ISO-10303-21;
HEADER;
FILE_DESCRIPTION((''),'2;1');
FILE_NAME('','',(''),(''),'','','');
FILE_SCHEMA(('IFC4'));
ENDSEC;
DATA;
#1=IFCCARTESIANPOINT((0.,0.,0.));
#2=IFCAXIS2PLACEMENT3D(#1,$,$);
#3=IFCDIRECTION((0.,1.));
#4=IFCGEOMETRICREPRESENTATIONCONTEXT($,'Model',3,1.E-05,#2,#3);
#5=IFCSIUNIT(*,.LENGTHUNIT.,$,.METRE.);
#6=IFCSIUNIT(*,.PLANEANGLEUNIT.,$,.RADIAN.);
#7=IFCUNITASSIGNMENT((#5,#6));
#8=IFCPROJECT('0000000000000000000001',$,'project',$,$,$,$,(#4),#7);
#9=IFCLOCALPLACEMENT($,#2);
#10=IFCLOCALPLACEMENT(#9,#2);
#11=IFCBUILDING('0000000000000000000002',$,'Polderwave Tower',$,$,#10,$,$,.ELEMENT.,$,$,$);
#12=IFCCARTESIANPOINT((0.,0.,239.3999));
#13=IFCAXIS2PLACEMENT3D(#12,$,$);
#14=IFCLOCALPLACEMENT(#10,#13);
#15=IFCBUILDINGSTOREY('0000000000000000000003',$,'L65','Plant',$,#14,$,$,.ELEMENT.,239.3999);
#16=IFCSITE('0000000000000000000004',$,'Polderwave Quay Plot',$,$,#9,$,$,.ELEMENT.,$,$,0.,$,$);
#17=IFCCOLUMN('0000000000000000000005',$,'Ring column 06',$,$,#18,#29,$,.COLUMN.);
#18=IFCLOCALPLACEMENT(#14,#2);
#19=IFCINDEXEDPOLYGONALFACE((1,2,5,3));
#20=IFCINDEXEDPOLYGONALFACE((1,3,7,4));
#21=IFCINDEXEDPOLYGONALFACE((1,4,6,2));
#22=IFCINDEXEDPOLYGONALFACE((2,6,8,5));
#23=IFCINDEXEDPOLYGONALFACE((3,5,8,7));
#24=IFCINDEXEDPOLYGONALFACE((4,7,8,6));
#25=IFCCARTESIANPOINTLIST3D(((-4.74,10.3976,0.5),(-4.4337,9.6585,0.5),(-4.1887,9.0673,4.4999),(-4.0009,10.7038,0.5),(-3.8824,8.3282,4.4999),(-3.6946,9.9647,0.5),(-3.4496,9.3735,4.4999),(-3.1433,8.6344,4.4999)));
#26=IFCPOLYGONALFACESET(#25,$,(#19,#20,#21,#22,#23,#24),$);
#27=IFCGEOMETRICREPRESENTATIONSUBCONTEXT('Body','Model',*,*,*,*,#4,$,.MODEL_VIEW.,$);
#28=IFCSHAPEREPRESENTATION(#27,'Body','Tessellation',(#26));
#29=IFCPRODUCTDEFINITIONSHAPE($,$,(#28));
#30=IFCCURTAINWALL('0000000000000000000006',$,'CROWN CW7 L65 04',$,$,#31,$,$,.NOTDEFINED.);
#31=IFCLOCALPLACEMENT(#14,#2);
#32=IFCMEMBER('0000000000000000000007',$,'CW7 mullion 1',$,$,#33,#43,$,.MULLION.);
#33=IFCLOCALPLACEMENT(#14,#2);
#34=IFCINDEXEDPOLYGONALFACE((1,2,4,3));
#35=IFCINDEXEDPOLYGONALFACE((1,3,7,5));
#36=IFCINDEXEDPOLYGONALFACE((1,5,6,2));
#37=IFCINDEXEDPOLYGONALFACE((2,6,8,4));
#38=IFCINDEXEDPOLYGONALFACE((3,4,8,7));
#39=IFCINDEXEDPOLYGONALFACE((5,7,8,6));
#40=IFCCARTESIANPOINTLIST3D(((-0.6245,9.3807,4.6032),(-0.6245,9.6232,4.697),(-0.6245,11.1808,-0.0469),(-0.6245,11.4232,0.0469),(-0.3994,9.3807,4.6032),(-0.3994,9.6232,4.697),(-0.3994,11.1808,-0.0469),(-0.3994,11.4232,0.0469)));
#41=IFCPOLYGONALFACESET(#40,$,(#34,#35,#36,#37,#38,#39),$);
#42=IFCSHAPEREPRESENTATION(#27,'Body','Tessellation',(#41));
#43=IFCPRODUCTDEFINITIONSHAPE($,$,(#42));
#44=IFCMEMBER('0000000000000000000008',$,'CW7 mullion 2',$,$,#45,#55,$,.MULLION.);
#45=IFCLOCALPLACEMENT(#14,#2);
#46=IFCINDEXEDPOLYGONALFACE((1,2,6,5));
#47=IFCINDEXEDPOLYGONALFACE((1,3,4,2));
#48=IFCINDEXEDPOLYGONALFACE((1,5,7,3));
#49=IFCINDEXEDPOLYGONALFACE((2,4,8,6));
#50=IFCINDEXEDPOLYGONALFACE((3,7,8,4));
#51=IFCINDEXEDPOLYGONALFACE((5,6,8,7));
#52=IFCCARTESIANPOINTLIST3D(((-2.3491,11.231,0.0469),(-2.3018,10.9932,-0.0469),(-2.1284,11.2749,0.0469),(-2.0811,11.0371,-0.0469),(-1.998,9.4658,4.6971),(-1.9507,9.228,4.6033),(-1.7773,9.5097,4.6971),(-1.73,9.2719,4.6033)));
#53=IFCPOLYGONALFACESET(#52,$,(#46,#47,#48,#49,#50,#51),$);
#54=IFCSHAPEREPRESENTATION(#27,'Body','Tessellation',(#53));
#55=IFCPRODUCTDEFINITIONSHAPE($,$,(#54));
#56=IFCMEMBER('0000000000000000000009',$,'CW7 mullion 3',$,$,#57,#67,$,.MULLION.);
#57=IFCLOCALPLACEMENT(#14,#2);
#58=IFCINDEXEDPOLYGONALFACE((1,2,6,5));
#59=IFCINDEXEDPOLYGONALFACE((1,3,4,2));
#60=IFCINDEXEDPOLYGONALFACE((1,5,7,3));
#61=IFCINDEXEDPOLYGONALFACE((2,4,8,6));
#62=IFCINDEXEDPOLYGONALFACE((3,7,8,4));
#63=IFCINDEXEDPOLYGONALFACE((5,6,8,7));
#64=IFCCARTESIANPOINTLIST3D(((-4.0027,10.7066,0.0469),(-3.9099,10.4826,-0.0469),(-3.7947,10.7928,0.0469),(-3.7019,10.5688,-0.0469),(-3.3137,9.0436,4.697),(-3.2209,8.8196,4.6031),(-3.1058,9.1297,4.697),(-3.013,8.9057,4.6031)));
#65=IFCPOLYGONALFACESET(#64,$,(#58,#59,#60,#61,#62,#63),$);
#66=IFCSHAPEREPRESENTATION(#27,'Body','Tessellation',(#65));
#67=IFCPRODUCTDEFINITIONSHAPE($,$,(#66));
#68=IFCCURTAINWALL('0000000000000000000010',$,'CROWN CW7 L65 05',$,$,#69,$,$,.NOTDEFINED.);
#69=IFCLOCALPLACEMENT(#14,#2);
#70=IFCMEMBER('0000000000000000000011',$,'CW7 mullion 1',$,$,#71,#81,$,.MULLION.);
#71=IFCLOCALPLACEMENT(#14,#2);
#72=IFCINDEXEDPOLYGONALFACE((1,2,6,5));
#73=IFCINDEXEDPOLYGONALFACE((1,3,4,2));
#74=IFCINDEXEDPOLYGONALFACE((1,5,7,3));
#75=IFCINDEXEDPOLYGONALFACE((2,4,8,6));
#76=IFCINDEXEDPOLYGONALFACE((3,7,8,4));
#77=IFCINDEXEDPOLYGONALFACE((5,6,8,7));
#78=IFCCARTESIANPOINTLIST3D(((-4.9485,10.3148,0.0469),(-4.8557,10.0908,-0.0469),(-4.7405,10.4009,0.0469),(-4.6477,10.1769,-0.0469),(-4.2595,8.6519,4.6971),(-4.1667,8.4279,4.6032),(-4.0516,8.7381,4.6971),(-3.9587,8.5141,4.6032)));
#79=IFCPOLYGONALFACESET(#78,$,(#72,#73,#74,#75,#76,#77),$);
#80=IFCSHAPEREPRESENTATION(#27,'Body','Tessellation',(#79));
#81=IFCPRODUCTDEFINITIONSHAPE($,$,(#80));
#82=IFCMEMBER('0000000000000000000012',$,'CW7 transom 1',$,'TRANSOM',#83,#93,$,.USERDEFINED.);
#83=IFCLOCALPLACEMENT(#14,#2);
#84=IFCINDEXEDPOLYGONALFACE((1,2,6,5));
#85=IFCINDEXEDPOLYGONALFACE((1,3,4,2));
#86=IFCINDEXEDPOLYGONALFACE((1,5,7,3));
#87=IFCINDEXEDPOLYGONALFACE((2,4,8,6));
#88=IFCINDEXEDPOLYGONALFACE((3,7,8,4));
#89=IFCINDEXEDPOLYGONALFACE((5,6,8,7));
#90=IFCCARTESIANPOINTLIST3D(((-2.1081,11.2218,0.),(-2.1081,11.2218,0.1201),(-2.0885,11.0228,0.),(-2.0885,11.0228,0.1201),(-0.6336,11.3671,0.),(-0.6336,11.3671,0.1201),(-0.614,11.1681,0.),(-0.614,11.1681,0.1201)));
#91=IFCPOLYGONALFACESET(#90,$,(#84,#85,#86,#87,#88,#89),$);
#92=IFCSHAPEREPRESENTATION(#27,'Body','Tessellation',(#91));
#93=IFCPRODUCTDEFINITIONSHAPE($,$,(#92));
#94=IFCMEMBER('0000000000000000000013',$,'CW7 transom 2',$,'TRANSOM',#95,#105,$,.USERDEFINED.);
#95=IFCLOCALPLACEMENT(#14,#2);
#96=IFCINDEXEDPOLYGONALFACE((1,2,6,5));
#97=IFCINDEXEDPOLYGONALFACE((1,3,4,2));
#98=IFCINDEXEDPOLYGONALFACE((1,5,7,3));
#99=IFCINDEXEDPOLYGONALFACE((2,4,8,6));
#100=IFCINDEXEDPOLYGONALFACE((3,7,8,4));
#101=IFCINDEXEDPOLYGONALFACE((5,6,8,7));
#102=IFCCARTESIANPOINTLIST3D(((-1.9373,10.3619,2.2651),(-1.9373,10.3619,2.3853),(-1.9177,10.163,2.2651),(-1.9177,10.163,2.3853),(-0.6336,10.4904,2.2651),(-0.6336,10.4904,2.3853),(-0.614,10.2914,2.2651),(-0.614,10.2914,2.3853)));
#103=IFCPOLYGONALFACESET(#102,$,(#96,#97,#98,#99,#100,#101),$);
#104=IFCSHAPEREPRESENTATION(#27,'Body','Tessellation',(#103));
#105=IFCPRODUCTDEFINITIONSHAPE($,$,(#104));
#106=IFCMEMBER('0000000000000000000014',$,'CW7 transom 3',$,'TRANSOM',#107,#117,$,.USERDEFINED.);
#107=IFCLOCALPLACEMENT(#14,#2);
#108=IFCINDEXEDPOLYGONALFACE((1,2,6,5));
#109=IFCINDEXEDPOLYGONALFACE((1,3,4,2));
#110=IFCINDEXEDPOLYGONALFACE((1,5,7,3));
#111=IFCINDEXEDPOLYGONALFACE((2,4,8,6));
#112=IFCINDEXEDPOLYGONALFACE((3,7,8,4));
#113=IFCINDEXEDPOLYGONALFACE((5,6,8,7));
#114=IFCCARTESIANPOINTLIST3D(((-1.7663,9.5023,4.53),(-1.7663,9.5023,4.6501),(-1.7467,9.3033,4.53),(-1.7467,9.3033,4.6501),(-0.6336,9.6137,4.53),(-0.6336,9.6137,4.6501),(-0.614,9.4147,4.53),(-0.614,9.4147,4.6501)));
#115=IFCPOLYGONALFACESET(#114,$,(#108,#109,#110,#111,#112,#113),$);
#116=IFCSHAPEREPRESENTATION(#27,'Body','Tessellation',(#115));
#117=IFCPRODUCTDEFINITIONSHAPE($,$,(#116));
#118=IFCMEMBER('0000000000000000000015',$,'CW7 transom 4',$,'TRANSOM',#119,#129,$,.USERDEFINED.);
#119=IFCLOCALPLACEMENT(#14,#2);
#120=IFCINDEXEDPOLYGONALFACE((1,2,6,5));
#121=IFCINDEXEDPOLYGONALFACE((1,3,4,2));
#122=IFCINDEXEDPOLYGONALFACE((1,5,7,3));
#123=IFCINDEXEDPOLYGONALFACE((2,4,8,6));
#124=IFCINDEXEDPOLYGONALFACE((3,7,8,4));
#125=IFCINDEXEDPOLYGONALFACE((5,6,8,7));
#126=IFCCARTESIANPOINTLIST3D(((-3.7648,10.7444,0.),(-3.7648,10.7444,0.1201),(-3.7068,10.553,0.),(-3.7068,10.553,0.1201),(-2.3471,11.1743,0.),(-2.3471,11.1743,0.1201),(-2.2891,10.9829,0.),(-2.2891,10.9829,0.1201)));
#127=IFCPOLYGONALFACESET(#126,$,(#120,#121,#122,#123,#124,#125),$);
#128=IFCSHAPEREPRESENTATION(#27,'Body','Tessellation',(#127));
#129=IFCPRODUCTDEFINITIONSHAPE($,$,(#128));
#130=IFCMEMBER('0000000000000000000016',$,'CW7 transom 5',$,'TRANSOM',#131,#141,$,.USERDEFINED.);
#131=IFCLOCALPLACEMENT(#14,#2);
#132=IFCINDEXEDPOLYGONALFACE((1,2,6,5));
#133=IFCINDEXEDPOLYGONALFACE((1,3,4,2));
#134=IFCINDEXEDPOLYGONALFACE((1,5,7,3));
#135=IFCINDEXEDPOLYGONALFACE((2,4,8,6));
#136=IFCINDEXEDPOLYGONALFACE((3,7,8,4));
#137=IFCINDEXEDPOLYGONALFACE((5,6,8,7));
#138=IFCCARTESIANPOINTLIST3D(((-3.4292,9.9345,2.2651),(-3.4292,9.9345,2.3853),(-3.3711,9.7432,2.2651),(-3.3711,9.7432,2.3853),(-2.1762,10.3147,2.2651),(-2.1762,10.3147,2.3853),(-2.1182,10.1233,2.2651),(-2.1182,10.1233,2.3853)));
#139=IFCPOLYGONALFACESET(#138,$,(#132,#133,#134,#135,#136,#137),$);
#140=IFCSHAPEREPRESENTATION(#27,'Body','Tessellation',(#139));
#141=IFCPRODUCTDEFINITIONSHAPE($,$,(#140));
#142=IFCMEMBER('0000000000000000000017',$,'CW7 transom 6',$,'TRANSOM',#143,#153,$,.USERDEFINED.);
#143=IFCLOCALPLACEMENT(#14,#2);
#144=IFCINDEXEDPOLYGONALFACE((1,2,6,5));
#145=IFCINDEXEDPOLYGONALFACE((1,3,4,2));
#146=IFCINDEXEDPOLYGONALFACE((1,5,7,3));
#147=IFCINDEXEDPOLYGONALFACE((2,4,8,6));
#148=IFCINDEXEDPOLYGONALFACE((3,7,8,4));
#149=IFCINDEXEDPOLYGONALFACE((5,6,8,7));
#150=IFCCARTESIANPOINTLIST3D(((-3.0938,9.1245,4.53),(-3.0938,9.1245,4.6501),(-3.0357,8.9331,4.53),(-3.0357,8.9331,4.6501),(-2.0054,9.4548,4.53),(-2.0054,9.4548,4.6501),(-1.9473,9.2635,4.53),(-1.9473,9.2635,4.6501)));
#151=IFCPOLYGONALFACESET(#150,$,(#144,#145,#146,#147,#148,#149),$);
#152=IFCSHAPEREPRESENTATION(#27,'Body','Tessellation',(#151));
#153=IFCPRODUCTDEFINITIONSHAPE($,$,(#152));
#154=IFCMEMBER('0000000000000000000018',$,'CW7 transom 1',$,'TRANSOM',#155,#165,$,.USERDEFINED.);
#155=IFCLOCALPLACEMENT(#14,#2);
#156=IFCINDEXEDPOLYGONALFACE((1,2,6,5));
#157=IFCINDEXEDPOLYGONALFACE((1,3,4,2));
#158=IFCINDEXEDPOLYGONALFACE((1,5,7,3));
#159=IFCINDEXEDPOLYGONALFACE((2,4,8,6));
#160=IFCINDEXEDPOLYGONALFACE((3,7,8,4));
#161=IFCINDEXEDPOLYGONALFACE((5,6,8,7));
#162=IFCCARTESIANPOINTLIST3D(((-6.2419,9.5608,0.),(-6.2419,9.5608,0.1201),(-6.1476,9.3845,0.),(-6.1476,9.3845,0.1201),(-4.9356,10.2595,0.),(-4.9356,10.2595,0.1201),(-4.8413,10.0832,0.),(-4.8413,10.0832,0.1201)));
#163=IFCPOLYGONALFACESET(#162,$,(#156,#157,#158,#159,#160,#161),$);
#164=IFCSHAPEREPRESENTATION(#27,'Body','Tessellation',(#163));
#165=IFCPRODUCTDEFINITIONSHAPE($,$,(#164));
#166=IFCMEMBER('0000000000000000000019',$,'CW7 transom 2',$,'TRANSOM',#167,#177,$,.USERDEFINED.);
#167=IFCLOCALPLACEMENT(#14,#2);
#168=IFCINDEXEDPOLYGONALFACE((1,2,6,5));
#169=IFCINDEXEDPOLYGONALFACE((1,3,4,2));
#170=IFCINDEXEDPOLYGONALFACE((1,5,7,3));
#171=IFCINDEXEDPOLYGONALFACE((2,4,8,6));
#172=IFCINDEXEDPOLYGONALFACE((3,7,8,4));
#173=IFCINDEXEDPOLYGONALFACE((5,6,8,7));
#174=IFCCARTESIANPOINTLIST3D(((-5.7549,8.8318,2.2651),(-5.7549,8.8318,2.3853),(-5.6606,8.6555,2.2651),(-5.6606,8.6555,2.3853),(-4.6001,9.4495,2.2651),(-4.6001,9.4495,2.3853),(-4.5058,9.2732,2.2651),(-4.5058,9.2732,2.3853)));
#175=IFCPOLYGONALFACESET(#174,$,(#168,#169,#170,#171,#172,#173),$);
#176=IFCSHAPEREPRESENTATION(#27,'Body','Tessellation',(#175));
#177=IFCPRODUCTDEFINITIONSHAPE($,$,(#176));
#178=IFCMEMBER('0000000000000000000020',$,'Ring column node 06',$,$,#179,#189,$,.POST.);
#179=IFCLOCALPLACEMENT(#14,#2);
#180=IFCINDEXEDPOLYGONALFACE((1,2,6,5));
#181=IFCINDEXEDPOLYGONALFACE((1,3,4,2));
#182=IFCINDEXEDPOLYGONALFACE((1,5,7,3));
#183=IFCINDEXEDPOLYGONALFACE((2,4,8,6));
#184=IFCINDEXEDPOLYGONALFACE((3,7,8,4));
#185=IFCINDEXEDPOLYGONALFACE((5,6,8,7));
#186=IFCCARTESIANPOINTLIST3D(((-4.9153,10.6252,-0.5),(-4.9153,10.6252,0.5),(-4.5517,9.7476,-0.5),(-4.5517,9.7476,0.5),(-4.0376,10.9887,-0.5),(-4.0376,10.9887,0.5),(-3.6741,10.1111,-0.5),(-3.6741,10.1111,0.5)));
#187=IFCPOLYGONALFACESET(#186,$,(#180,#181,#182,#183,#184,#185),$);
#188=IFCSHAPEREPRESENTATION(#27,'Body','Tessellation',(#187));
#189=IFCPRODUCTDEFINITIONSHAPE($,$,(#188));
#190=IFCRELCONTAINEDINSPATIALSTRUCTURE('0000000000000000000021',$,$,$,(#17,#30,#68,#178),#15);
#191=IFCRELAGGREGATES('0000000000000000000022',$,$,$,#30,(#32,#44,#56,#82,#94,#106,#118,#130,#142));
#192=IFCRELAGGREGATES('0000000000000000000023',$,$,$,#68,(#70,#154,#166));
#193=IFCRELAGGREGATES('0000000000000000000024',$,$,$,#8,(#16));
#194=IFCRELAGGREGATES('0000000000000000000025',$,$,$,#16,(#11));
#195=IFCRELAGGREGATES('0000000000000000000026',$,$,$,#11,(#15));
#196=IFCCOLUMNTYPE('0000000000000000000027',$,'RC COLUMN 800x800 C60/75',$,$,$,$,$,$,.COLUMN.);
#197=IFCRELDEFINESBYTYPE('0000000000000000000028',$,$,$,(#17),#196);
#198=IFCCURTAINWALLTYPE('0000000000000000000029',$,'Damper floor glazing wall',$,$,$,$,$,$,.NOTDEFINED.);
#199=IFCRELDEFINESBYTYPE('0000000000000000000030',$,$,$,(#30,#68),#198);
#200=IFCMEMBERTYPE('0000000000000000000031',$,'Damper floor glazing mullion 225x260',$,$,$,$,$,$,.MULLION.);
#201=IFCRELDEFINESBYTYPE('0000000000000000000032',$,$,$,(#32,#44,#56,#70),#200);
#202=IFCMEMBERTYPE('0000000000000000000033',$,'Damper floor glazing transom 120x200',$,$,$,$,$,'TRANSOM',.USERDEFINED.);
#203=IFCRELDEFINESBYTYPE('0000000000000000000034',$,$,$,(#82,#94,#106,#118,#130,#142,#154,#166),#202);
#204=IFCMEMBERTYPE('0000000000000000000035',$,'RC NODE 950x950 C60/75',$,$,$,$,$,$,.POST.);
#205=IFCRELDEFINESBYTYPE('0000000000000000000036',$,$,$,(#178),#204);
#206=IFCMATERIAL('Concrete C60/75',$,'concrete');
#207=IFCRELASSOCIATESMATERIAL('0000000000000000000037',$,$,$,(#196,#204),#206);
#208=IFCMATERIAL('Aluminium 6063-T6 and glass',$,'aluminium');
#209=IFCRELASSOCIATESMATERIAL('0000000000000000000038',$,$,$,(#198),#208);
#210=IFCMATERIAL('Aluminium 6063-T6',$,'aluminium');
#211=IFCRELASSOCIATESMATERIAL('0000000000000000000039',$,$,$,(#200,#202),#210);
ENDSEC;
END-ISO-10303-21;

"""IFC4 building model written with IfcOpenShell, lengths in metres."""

from ifc_helpers import new_model, si_unit, direction, frame, origin, origin_2d, place, context, subcontext, project, spatial, rectangle, extrude, material, material_profile, profile_set, type_object, element, aggregate, save


model = new_model("IFC4")

# Units and contexts
model_context = context("Model", 3, precision=1e-05, world=origin(), true_north=direction((0.0, 1.0)))
body_context = subcontext(model_context, "Body", "Model", "MODEL_VIEW")
ifc_project = project(units=[si_unit("LENGTHUNIT", "METRE"), si_unit("PLANEANGLEUNIT", "RADIAN")], contexts=[model_context])

# Site, building, storey
site_placement = place(None, origin())
site = spatial("IfcSite", under=ifc_project, at=site_placement, Name="Polderwave Quay Plot", CompositionType="ELEMENT", RefElevation=0.0)
building_placement = place(site_placement, origin())
building = spatial("IfcBuilding", under=site, at=building_placement, Name="Polderwave Tower", CompositionType="ELEMENT")
storey_placement = place(building_placement, frame((0.0, 0.0, 239.3999)))
storey = spatial("IfcBuildingStorey", under=building, at=storey_placement, Name="L65", Description="Plant", CompositionType="ELEMENT", Elevation=239.3999)

# Column
ifc_material_1 = material(Name="Concrete C60/75", Category="concrete")
ifc_material_profile_1 = material_profile(ifc_material_1, rectangle(XDim=0.8, YDim=0.8, at=origin_2d()), Name="RC 800x800")
ifc_profile_set_1 = profile_set([ifc_material_profile_1], Name="Concrete C60/75")
column_type = type_object("IfcColumnType", Name="RC COLUMN 800x800 C60/75", PredefinedType="COLUMN", material=ifc_profile_set_1)
column_placement = place(storey_placement, frame((-4.2173, 10.1812, 0.5), z_axis=(0.0, 0.0, 1.0), x_axis=(0.923823, 0.382821, 0.0)))
element("IfcColumn", 1, at=column_placement, inside=storey, type_object=column_type, Name="Ring column 06", PredefinedType="COLUMN", context=body_context, shape_type="SweptSolid", body=[
    extrude(rectangle(XDim=0.8, YDim=0.8, at=origin_2d()), origin(), (0.0, -0.338723, 0.940886), 4.2512),
])

# Curtain wall, members
ifc_material_2 = material(Name="Aluminium 6063-T6 and glass", Category="aluminium")
curtain_wall_type = type_object("IfcCurtainWallType", Name="Damper floor glazing wall", PredefinedType="NOTDEFINED", material=ifc_material_2)
curtain_wall_1_placement = place(storey_placement, origin())
curtain_wall_1 = element("IfcCurtainWall", 2, at=curtain_wall_1_placement, inside=storey, type_object=curtain_wall_type, Name="CROWN CW7 L65 04", PredefinedType="NOTDEFINED")
ifc_material_3 = material(Name="Aluminium 6063-T6", Category="aluminium")
ifc_material_profile_2 = material_profile(ifc_material_3, rectangle(XDim=0.2251, YDim=0.26, at=origin_2d()), Name="AL 225x260")
ifc_profile_set_2 = profile_set([ifc_material_profile_2], Name="Aluminium 6063-T6")
member_type_1 = type_object("IfcMemberType", Name="Damper floor glazing mullion 225x260", PredefinedType="MULLION", material=ifc_profile_set_2)
member_1_placement = place(storey_placement, frame((-0.512, 11.302, 0.0), z_axis=(0.0, -0.360993, 0.932569), x_axis=(1.0, 0.0, 0.0)))
member_1 = element("IfcMember", 3, at=member_1_placement, type_object=member_type_1, Name="CW7 mullion 1", PredefinedType="MULLION", context=body_context, shape_type="SweptSolid", body=[
    extrude(rectangle(XDim=0.2251, YDim=0.26, at=origin_2d()), origin(), (0.0, 0.0, 1.0), 4.9863),
])
member_2_placement = place(storey_placement, frame((-2.2151, 11.134, 0.0), z_axis=(0.070408, -0.354, 0.932591), x_axis=(0.980789, 0.195073, 0.0)))
member_2 = element("IfcMember", 4, at=member_2_placement, type_object=member_type_1, Name="CW7 mullion 2", PredefinedType="MULLION", context=body_context, shape_type="SweptSolid", body=[
    extrude(rectangle(XDim=0.2251, YDim=0.26, at=origin_2d()), origin(), (0.0, 0.0, 1.0), 4.9863),
])
member_3_placement = place(storey_placement, frame((-3.8523, 10.6377, 0.0), z_axis=(0.138168, -0.333523, 0.932562), x_axis=(0.923861, 0.382727, 0.0)))
member_3 = element("IfcMember", 5, at=member_3_placement, type_object=member_type_1, Name="CW7 mullion 3", PredefinedType="MULLION", context=body_context, shape_type="SweptSolid", body=[
    extrude(rectangle(XDim=0.2251, YDim=0.26, at=origin_2d()), origin(), (0.0, 0.0, 1.0), 4.9863),
])

# Curtain wall, member
curtain_wall_2_placement = place(storey_placement, origin())
curtain_wall_2 = element("IfcCurtainWall", 6, at=curtain_wall_2_placement, inside=storey, type_object=curtain_wall_type, Name="CROWN CW7 L65 05", PredefinedType="NOTDEFINED")
member_4_placement = place(storey_placement, frame((-4.7981, 10.2458, 0.0), z_axis=(0.13817, -0.333479, 0.932577), x_axis=(0.923842, 0.382775, 0.0)))
member_4 = element("IfcMember", 7, at=member_4_placement, type_object=member_type_1, Name="CW7 mullion 1", PredefinedType="MULLION", context=body_context, shape_type="SweptSolid", body=[
    extrude(rectangle(XDim=0.2251, YDim=0.26, at=origin_2d()), origin(), (0.0, 0.0, 1.0), 4.9863),
])

# Members
ifc_material_profile_3 = material_profile(ifc_material_3, rectangle(XDim=0.2, YDim=0.1201, at=origin_2d()), Name="AL 120x200")
ifc_profile_set_3 = profile_set([ifc_material_profile_3], Name="Aluminium 6063-T6")
member_type_2 = type_object("IfcMemberType", Name="Damper floor glazing transom 120x200", ElementType="TRANSOM", PredefinedType="USERDEFINED", material=ifc_profile_set_3)
member_5_placement = place(storey_placement, frame((-0.6238, 11.2676, 0.0601), z_axis=(-0.995183, -0.098035, 0.0), x_axis=(0.098035, -0.995183, 0.0)))
member_5 = element("IfcMember", 8, at=member_5_placement, type_object=member_type_2, Name="CW7 transom 1", ObjectType="TRANSOM", PredefinedType="USERDEFINED", context=body_context, shape_type="SweptSolid", body=[
    extrude(rectangle(XDim=0.2, YDim=0.1201, at=origin_2d()), origin(), (0.0, 0.0, 1.0), 1.4817),
])
member_6_placement = place(storey_placement, frame((-0.6238, 10.3909, 2.3252), z_axis=(-0.995184, -0.098027, 0.0), x_axis=(0.098027, -0.995184, 0.0)))
member_6 = element("IfcMember", 9, at=member_6_placement, type_object=member_type_2, Name="CW7 transom 2", ObjectType="TRANSOM", PredefinedType="USERDEFINED", context=body_context, shape_type="SweptSolid", body=[
    extrude(rectangle(XDim=0.2, YDim=0.1201, at=origin_2d()), origin(), (0.0, 0.0, 1.0), 1.3101),
])
member_7_placement = place(storey_placement, frame((-0.6238, 9.5142, 4.5901), z_axis=(-0.995206, -0.097805, 0.0), x_axis=(0.097805, -0.995206, 0.0)))
member_7 = element("IfcMember", 10, at=member_7_placement, type_object=member_type_2, Name="CW7 transom 3", ObjectType="TRANSOM", PredefinedType="USERDEFINED", context=body_context, shape_type="SweptSolid", body=[
    extrude(rectangle(XDim=0.2, YDim=0.1201, at=origin_2d()), origin(), (0.0, 0.0, 1.0), 1.1382),
])
member_8_placement = place(storey_placement, frame((-2.3181, 11.0786, 0.0601), z_axis=(-0.956965, -0.290204, 0.0), x_axis=(0.290204, -0.956965, 0.0)))
member_8 = element("IfcMember", 11, at=member_8_placement, type_object=member_type_2, Name="CW7 transom 4", ObjectType="TRANSOM", PredefinedType="USERDEFINED", context=body_context, shape_type="SweptSolid", body=[
    extrude(rectangle(XDim=0.2, YDim=0.1201, at=origin_2d()), origin(), (0.0, 0.0, 1.0), 1.4814),
])
member_9_placement = place(storey_placement, frame((-2.1472, 10.219, 2.3252), z_axis=(-0.956929, -0.290323, 0.0), x_axis=(0.290323, -0.956929, 0.0)))
member_9 = element("IfcMember", 12, at=member_9_placement, type_object=member_type_2, Name="CW7 transom 5", ObjectType="TRANSOM", PredefinedType="USERDEFINED", context=body_context, shape_type="SweptSolid", body=[
    extrude(rectangle(XDim=0.2, YDim=0.1201, at=origin_2d()), origin(), (0.0, 0.0, 1.0), 1.3093),
])
member_10_placement = place(storey_placement, frame((-1.9763, 9.3591, 4.5901), z_axis=(-0.9569, -0.290418, 0.0), x_axis=(0.290418, -0.9569, 0.0)))
member_10 = element("IfcMember", 13, at=member_10_placement, type_object=member_type_2, Name="CW7 transom 6", ObjectType="TRANSOM", PredefinedType="USERDEFINED", context=body_context, shape_type="SweptSolid", body=[
    extrude(rectangle(XDim=0.2, YDim=0.1201, at=origin_2d()), origin(), (0.0, 0.0, 1.0), 1.1375),
])
member_11_placement = place(storey_placement, frame((-4.8884, 10.1714, 0.0601), z_axis=(-0.881796, -0.471631, 0.0), x_axis=(0.471631, -0.881796, 0.0)))
member_11 = element("IfcMember", 14, at=member_11_placement, type_object=member_type_2, Name="CW7 transom 1", ObjectType="TRANSOM", PredefinedType="USERDEFINED", context=body_context, shape_type="SweptSolid", body=[
    extrude(rectangle(XDim=0.2, YDim=0.1201, at=origin_2d()), origin(), (0.0, 0.0, 1.0), 1.4814),
])
member_12_placement = place(storey_placement, frame((-4.553, 9.3613, 2.3252), z_axis=(-0.881785, -0.471652, 0.0), x_axis=(0.471652, -0.881785, 0.0)))
member_12 = element("IfcMember", 15, at=member_12_placement, type_object=member_type_2, Name="CW7 transom 2", ObjectType="TRANSOM", PredefinedType="USERDEFINED", context=body_context, shape_type="SweptSolid", body=[
    extrude(rectangle(XDim=0.2, YDim=0.1201, at=origin_2d()), origin(), (0.0, 0.0, 1.0), 1.3096),
])
ifc_material_profile_4 = material_profile(ifc_material_1, rectangle(XDim=0.95, YDim=0.95, at=origin_2d()), Name="RC 950x950")
ifc_profile_set_4 = profile_set([ifc_material_profile_4], Name="Concrete C60/75")
member_type_3 = type_object("IfcMemberType", Name="RC NODE 950x950 C60/75", PredefinedType="POST", material=ifc_profile_set_4)
member_13_placement = place(storey_placement, frame((-4.2947, 10.3682, -0.5), z_axis=(0.0, 0.0, 1.0), x_axis=(-0.382683, 0.92388, 0.0)))
element("IfcMember", 16, at=member_13_placement, inside=storey, type_object=member_type_3, Name="Ring column node 06", PredefinedType="POST", context=body_context, shape_type="SweptSolid", body=[
    extrude(rectangle(XDim=0.95, YDim=0.95, at=origin_2d()), origin(), (0.0, 0.0, 1.0), 1.0),
])

aggregate(curtain_wall_1, [member_1, member_2, member_3, member_5, member_6, member_7, member_8, member_9, member_10])
aggregate(curtain_wall_2, [member_4, member_11, member_12])

save(model, "model.ifc")
